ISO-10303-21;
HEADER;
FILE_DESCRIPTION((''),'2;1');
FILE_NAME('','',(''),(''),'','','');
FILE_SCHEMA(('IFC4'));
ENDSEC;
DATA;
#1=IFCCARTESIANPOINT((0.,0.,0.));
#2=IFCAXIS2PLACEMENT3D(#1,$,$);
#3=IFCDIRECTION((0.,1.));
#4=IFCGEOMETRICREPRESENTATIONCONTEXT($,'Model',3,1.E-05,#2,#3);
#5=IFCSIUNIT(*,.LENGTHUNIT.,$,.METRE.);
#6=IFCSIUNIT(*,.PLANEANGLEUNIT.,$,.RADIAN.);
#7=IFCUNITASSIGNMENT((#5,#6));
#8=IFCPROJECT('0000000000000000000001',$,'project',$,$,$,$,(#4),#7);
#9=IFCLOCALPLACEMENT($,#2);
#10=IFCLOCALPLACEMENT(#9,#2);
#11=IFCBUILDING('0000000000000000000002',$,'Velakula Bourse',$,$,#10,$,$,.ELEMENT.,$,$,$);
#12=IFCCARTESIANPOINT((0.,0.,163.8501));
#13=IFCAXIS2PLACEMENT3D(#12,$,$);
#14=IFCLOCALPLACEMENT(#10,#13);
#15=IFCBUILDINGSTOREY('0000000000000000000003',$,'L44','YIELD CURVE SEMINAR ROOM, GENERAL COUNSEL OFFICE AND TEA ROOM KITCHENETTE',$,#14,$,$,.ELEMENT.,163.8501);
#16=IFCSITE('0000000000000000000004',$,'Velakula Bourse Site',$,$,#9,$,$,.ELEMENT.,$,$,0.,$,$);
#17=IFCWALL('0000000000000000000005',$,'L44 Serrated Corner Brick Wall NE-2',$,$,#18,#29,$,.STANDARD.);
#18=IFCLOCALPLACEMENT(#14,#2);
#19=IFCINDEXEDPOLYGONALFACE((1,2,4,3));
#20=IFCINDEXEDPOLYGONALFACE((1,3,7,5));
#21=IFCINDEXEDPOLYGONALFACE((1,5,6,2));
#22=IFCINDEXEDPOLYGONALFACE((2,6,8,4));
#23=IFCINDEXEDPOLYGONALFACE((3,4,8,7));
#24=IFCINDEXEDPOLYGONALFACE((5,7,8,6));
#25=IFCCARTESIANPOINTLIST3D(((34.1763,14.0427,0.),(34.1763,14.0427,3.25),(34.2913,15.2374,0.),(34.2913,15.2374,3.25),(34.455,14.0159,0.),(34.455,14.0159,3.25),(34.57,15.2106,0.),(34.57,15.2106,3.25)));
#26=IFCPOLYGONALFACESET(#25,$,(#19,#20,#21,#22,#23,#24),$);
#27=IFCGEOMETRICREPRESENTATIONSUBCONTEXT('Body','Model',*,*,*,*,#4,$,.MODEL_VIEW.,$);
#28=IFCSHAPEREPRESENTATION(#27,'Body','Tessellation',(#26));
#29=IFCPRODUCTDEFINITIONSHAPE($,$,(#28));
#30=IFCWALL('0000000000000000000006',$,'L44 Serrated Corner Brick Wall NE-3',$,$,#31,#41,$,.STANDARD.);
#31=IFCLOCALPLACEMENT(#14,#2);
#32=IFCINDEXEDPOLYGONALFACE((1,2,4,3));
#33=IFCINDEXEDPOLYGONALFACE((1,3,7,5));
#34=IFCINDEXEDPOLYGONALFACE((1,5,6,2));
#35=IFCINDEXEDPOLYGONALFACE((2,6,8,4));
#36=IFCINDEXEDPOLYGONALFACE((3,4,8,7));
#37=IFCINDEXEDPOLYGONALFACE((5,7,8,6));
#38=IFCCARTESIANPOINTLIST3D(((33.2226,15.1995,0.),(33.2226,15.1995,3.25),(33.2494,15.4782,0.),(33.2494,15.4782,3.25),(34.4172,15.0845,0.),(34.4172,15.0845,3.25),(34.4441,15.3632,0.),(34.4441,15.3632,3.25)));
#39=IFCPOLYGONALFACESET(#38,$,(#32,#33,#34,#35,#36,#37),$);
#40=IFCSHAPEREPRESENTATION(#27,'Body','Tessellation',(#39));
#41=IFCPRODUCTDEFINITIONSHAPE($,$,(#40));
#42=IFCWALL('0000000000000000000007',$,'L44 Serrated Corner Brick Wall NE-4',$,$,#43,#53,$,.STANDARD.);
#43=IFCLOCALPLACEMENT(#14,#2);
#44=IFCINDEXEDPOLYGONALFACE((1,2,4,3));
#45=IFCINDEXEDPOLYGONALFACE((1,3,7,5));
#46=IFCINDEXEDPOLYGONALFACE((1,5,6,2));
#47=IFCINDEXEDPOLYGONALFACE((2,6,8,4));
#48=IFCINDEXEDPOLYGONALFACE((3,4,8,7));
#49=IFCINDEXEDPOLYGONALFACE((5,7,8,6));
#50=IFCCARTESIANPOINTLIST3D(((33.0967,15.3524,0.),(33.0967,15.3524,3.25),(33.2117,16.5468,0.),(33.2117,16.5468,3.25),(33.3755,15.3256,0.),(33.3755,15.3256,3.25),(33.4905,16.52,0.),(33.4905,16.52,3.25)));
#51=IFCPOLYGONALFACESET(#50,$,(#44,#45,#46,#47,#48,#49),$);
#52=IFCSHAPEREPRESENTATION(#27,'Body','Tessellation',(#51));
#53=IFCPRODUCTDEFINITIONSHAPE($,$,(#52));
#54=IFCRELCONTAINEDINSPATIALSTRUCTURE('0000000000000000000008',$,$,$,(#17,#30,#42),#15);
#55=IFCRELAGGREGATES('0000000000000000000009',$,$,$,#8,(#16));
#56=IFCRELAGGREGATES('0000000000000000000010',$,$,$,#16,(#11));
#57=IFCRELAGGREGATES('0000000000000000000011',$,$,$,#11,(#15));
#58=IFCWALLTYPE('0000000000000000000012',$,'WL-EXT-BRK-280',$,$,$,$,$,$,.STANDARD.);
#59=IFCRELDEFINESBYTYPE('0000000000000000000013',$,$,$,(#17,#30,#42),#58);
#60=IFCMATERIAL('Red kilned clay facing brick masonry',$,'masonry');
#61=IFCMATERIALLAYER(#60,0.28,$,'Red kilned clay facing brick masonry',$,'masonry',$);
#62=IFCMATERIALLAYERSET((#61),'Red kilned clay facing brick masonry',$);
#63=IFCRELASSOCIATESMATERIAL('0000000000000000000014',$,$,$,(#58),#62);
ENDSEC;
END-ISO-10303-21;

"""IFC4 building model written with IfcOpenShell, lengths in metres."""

from ifc_helpers import new_model, si_unit, direction, frame, frame_2d, origin, place, context, subcontext, project, spatial, rectangle, extrude, material, layer, layer_set, type_object, element, save


model = new_model("IFC4")

# Units and contexts
model_context = context("Model", 3, precision=1e-05, world=origin(), true_north=direction((0.0, 1.0)))
body_context = subcontext(model_context, "Body", "Model", "MODEL_VIEW")
ifc_project = project(units=[si_unit("LENGTHUNIT", "METRE"), si_unit("PLANEANGLEUNIT", "RADIAN")], contexts=[model_context])

# Site, building, storey
site_placement = place(None, origin())
site = spatial("IfcSite", under=ifc_project, at=site_placement, Name="Velakula Bourse Site", CompositionType="ELEMENT", RefElevation=0.0)
building_placement = place(site_placement, origin())
building = spatial("IfcBuilding", under=site, at=building_placement, Name="Velakula Bourse", CompositionType="ELEMENT")
storey_placement = place(building_placement, frame((0.0, 0.0, 163.8501)))
storey = spatial("IfcBuildingStorey", under=building, at=storey_placement, Name="L44", Description="YIELD CURVE SEMINAR ROOM, GENERAL COUNSEL OFFICE AND TEA ROOM KITCHENETTE", CompositionType="ELEMENT", Elevation=163.8501)

# Shared definitions
ifc_material_1 = material(Name="Red kilned clay facing brick masonry", Category="masonry")
ifc_layer = layer(ifc_material_1, 0.28, Name="Red kilned clay facing brick masonry", Category="masonry")
ifc_layer_set = layer_set([ifc_layer], Name="Red kilned clay facing brick masonry")
wall_type = type_object("IfcWallType", Name="WL-EXT-BRK-280", PredefinedType="STANDARD", material=ifc_layer_set)

# Walls
for number, where, z_axis, x_axis, name in (
    (1, (34.3157, 14.0293, 0.0), (0.0, 0.0, 1.0), (0.095817, 0.995399, 0.0), "L44 Serrated Corner Brick Wall NE-2"),
    (2, (34.4307, 15.2239, 0.0), (0.0, 0.0, 1.0), (-0.995399, 0.095817, 0.0), "L44 Serrated Corner Brick Wall NE-3"),
):
    element("IfcWall", number, at=place(storey_placement, frame(where, z_axis=z_axis, x_axis=x_axis)), inside=storey, type_object=wall_type, Name=name, PredefinedType="STANDARD", context=body_context, shape_type="SweptSolid", body=[
        extrude(rectangle(XDim=1.2002, YDim=0.28, at=frame_2d((0.6001, 0.0))), origin(), (0.0, 0.0, 1.0), 3.25),
    ])
wall_1_placement = place(storey_placement, frame((33.2361, 15.3389, 0.0), z_axis=(0.0, 0.0, 1.0), x_axis=(0.095836, 0.995397, 0.0)))
element("IfcWall", 3, at=wall_1_placement, inside=storey, type_object=wall_type, Name="L44 Serrated Corner Brick Wall NE-4", PredefinedType="STANDARD", context=body_context, shape_type="SweptSolid", body=[
    extrude(rectangle(XDim=1.2, YDim=0.28, at=frame_2d((0.6001, 0.0))), origin(), (0.0, 0.0, 1.0), 3.25),
])

save(model, "model.ifc")
